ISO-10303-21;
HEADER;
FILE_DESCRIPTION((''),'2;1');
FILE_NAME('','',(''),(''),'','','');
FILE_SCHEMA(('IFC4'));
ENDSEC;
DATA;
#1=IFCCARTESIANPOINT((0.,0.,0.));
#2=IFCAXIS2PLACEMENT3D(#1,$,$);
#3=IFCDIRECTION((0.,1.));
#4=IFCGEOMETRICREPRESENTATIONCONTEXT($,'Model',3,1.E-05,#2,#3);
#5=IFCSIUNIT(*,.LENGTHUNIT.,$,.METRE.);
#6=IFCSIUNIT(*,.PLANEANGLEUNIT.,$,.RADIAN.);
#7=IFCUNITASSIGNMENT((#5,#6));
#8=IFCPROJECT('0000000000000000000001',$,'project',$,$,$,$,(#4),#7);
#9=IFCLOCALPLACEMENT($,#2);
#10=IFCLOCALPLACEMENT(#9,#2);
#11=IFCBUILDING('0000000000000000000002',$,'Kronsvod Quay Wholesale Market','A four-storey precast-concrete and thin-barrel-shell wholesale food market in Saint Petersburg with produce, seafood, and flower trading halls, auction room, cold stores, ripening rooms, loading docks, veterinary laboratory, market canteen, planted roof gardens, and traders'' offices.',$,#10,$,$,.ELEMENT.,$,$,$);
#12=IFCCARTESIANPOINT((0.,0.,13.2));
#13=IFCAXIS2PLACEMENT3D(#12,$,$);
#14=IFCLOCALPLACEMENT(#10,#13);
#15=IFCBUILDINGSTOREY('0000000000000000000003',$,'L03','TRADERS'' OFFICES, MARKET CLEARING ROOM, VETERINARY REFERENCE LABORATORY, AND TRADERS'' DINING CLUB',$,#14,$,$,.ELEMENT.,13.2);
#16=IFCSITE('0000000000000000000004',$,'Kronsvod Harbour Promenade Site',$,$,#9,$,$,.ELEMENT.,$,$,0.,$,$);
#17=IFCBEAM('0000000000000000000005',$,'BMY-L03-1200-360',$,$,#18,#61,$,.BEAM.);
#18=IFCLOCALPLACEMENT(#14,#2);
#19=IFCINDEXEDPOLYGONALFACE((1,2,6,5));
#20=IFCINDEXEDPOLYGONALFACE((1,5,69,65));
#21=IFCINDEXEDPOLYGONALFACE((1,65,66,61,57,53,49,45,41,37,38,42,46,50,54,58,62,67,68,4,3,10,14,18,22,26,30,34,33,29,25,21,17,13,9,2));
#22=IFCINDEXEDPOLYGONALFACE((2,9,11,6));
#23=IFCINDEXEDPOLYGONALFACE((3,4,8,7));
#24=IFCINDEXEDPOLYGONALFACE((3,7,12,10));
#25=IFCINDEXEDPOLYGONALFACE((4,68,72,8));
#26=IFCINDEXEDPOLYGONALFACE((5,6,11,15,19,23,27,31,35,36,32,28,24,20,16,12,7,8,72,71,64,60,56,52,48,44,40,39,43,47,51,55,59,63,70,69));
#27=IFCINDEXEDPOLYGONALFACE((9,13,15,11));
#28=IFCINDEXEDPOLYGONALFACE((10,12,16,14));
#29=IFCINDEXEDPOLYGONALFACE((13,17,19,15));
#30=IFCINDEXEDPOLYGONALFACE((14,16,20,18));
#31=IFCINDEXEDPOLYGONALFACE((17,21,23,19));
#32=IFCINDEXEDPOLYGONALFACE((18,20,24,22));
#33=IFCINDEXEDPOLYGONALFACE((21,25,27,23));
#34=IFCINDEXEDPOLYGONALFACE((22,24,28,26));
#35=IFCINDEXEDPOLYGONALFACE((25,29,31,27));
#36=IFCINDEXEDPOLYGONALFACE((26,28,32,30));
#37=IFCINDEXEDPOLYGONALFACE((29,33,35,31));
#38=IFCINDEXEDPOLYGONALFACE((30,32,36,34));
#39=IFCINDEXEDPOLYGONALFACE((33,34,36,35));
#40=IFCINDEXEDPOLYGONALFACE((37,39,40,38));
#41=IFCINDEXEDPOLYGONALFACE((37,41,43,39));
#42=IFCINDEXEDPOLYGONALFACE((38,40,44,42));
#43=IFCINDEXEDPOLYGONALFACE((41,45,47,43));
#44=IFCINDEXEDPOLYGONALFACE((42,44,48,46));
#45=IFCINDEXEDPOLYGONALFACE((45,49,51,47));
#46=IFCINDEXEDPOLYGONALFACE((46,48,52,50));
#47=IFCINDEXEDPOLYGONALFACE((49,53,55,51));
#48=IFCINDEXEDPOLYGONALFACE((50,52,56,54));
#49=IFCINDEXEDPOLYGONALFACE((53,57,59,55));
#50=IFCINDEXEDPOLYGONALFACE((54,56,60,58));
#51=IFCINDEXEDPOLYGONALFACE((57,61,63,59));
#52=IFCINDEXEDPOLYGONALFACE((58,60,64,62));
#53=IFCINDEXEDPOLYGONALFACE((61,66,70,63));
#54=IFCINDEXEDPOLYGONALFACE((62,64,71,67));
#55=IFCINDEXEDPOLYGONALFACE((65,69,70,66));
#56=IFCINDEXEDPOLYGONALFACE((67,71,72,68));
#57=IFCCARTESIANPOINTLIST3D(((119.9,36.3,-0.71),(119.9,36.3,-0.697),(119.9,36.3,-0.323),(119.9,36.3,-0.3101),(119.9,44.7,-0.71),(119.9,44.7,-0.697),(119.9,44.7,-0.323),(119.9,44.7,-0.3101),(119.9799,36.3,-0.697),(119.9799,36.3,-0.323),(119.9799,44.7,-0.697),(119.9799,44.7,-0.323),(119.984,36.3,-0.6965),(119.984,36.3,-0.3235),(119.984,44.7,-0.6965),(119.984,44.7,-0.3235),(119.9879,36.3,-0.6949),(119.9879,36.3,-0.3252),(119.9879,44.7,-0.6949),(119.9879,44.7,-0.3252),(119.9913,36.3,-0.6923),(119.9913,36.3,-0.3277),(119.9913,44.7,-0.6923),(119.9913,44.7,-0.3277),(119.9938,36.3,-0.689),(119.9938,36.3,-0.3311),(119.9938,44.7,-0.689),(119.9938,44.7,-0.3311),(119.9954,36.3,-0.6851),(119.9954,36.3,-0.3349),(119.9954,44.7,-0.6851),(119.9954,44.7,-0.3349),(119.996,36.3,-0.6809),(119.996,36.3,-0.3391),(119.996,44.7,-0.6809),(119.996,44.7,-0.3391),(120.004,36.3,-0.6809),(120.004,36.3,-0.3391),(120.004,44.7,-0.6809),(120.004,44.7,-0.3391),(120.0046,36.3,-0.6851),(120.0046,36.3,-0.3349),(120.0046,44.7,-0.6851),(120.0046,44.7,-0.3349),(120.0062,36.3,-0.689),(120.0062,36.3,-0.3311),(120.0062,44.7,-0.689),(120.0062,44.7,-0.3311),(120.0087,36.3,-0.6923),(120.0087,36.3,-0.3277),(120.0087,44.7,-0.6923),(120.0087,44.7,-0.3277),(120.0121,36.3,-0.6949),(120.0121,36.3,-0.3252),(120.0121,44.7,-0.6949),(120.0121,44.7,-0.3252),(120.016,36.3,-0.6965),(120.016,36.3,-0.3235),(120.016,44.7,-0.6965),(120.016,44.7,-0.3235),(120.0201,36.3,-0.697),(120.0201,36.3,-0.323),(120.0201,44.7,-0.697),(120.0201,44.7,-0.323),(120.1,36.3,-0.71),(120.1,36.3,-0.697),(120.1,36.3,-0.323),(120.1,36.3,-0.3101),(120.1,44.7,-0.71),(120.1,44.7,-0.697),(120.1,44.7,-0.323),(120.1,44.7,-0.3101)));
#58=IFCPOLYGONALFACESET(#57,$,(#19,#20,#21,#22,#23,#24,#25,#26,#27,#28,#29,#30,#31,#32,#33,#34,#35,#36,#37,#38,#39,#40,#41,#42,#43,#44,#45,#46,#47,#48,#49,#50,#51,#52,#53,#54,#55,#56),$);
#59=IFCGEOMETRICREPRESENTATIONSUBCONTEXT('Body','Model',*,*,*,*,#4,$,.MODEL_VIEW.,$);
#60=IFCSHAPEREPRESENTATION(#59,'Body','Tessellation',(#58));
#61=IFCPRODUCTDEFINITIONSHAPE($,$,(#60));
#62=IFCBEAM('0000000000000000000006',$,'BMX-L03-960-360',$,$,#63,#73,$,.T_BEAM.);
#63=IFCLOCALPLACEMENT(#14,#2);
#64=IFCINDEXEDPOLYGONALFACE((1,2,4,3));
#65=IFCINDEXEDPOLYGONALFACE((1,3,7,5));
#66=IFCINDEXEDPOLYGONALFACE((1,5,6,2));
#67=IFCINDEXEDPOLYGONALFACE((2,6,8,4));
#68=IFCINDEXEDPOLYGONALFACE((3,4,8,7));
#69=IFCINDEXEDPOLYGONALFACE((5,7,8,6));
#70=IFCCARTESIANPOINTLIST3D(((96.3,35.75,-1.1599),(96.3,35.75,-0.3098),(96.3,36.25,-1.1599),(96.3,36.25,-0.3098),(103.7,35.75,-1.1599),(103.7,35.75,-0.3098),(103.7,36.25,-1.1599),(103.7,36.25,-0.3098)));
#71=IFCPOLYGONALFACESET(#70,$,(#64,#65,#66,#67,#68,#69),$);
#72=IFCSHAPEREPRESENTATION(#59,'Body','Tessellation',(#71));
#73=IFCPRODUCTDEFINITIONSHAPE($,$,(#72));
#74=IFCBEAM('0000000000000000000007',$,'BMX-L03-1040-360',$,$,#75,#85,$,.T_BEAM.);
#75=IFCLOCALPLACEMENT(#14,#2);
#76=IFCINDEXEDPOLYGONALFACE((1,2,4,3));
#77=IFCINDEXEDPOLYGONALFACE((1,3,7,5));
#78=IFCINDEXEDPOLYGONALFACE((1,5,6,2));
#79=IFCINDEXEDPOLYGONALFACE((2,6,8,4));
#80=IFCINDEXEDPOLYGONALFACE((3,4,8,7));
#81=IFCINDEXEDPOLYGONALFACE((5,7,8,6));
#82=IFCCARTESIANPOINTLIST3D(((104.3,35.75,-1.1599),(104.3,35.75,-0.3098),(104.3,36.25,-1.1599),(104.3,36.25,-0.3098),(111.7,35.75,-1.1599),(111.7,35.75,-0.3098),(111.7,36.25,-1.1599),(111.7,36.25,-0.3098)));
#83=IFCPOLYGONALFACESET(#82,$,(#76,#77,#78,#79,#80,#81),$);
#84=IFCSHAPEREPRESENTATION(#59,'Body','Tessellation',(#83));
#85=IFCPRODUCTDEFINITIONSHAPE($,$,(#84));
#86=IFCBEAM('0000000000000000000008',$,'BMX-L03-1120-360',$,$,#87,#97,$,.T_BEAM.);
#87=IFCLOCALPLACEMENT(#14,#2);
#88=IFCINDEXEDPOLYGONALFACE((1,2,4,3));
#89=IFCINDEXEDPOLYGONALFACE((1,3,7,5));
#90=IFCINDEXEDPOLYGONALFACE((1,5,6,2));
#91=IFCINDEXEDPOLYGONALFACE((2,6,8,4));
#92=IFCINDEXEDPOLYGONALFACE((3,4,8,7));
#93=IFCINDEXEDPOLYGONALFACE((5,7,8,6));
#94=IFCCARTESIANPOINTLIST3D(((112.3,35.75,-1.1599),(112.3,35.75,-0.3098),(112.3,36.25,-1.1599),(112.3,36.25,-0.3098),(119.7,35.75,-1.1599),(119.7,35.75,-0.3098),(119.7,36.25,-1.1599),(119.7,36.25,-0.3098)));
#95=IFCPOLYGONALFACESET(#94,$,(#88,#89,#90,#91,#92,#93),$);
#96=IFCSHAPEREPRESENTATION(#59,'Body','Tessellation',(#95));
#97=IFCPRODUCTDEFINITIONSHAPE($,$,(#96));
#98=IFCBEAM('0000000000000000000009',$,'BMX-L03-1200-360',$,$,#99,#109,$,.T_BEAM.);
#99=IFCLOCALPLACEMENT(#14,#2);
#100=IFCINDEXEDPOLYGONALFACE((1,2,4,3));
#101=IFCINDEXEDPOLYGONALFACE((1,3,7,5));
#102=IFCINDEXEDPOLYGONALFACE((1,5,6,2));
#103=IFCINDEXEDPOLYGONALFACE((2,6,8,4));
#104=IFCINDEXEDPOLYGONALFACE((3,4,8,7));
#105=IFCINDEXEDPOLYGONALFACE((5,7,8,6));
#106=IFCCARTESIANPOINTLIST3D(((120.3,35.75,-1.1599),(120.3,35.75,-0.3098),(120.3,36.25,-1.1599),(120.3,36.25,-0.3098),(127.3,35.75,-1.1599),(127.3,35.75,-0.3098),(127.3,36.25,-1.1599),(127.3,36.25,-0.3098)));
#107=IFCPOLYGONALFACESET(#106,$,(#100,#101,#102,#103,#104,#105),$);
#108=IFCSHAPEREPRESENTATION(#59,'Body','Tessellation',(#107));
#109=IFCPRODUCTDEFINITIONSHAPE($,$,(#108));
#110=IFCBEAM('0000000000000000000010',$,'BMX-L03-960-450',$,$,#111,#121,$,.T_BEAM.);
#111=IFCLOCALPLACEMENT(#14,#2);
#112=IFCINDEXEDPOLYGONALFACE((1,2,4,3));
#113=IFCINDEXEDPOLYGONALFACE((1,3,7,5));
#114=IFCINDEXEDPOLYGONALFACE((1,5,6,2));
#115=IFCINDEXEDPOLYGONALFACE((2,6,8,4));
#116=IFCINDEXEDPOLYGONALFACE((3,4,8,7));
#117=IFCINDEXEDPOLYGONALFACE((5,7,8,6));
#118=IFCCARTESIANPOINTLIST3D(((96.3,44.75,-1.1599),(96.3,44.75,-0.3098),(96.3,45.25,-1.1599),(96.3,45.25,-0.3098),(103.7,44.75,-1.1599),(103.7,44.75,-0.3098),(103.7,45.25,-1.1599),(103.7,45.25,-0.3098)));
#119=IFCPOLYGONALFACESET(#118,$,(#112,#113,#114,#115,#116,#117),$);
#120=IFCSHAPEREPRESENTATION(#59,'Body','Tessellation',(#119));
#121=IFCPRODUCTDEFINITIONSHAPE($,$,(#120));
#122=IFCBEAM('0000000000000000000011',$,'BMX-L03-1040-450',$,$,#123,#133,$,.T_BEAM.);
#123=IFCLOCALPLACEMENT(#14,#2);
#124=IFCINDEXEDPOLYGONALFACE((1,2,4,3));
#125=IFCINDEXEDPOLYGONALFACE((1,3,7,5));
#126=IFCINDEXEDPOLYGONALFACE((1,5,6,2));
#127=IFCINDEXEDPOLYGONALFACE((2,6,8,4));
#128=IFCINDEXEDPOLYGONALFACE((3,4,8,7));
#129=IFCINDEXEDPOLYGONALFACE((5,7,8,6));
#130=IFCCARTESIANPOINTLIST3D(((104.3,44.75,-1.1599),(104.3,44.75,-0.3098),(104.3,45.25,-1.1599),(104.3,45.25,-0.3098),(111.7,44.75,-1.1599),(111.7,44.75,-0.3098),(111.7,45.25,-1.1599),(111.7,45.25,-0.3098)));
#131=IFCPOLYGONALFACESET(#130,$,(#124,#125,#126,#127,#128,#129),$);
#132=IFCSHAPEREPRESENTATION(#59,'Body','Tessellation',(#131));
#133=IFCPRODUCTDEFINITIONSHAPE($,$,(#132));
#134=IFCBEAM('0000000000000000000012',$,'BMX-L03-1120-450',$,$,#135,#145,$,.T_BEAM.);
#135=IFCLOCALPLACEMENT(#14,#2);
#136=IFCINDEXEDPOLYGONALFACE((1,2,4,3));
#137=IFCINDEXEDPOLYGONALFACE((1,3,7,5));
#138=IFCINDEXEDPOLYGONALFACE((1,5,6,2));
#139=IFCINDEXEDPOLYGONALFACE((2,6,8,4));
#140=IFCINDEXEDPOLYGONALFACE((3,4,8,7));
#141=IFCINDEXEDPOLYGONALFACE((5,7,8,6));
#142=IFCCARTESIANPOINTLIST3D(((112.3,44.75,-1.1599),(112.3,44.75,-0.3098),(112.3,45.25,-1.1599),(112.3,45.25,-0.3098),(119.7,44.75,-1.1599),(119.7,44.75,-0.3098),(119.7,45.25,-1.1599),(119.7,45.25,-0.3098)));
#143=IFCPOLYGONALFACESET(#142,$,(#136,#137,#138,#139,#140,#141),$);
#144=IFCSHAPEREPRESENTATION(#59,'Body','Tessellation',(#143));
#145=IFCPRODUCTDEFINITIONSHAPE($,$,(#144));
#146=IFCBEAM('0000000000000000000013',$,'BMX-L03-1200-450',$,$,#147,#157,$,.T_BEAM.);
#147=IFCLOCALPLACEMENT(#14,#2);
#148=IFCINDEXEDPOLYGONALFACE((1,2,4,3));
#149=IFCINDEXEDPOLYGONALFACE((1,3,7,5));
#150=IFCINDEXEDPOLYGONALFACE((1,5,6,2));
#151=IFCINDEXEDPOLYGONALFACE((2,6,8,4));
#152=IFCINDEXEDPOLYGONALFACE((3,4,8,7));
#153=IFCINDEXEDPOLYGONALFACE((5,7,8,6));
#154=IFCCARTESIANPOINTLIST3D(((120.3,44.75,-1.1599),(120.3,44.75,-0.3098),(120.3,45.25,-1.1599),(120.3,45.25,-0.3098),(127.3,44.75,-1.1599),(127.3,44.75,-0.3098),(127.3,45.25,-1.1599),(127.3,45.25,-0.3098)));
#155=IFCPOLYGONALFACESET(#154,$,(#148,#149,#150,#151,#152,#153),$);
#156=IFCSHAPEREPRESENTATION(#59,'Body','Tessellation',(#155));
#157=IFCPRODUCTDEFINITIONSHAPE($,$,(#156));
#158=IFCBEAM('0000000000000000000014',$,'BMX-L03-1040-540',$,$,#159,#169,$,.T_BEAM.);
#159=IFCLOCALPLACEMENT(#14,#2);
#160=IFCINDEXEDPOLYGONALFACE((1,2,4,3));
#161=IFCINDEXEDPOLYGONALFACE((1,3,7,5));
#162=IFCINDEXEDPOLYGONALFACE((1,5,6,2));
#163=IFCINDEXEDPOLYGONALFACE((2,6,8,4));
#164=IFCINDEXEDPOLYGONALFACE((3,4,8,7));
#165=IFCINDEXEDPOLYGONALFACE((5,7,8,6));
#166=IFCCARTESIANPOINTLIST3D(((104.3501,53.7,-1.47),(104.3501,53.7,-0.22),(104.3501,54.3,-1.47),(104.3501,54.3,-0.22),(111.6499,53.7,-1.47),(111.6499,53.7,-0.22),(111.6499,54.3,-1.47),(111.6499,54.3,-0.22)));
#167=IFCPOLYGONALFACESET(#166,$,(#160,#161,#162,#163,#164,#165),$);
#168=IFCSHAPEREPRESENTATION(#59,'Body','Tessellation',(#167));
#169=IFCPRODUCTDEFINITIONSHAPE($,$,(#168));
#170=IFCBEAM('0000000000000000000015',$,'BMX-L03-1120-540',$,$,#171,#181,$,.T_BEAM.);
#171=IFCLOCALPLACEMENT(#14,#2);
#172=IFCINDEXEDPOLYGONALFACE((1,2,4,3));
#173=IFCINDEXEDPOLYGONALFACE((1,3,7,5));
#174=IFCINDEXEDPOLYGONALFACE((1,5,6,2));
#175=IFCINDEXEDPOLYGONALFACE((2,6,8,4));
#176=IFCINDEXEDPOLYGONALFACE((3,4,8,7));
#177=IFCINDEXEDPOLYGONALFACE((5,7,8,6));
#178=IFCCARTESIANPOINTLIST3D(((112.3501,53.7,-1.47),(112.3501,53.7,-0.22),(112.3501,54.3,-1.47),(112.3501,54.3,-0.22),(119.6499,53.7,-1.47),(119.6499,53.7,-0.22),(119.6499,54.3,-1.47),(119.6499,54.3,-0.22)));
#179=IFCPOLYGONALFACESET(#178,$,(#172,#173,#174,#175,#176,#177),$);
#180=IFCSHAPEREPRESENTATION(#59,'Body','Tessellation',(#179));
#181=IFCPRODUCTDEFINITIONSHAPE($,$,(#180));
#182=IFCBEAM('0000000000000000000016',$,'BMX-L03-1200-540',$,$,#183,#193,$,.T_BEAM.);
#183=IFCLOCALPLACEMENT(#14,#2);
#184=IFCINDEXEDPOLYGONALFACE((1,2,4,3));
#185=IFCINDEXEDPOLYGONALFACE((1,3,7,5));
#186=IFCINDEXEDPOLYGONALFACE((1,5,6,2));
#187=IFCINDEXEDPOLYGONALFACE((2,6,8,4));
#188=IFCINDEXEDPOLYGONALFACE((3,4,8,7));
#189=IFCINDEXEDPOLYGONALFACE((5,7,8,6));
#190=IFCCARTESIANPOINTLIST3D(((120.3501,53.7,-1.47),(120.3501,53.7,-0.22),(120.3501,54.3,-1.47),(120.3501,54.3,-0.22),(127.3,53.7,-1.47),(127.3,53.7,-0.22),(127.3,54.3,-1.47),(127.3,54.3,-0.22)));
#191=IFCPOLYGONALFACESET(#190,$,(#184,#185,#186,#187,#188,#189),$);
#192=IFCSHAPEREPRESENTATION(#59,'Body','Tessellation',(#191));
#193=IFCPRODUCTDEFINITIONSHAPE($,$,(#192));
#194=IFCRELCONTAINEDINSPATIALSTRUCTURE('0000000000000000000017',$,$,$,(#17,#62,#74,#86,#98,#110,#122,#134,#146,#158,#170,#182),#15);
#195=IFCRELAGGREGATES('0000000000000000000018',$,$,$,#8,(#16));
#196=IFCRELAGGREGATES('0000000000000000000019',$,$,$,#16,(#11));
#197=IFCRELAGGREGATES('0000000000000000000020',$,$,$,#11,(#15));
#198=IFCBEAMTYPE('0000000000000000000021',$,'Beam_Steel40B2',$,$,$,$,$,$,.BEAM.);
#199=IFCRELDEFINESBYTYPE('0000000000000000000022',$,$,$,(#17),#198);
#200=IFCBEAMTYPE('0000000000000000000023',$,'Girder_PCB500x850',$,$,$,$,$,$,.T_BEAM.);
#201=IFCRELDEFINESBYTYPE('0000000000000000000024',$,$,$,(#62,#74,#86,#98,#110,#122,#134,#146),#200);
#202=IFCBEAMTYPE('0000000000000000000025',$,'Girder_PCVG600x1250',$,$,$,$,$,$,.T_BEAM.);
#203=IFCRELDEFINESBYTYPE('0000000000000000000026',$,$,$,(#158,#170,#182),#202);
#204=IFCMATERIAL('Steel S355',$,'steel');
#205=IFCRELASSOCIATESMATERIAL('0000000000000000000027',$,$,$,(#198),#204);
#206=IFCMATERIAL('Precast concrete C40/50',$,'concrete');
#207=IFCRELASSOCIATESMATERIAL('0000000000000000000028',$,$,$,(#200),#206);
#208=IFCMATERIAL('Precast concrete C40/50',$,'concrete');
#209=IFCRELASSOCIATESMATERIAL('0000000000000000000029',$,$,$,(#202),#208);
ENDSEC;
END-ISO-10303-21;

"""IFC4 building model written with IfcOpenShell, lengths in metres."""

from ifc_helpers import new_model, si_unit, direction, frame, origin, origin_2d, place, context, subcontext, project, spatial, rectangle, i_section, extrude, material, material_profile, profile_set, type_object, element, save


model = new_model("IFC4")

# Units and contexts
model_context = context("Model", 3, precision=1e-05, world=origin(), true_north=direction((0.0, 1.0)))
body_context = subcontext(model_context, "Body", "Model", "MODEL_VIEW")
ifc_project = project(units=[si_unit("LENGTHUNIT", "METRE"), si_unit("PLANEANGLEUNIT", "RADIAN")], contexts=[model_context])

# Site, building, storey
site_placement = place(None, origin())
site = spatial("IfcSite", under=ifc_project, at=site_placement, Name="Kronsvod Harbour Promenade Site", CompositionType="ELEMENT", RefElevation=0.0)
building_placement = place(site_placement, origin())
building = spatial("IfcBuilding", under=site, at=building_placement, Name="Kronsvod Quay Wholesale Market", Description="A four-storey precast-concrete and thin-barrel-shell wholesale food market in Saint Petersburg with produce, seafood, and flower trading halls, auction room, cold stores, ripening rooms, loading docks, veterinary laboratory, market canteen, planted roof gardens, and traders' offices.", CompositionType="ELEMENT")
storey_placement = place(building_placement, frame((0.0, 0.0, 13.2)))
storey = spatial("IfcBuildingStorey", under=building, at=storey_placement, Name="L03", Description="TRADERS' OFFICES, MARKET CLEARING ROOM, VETERINARY REFERENCE LABORATORY, AND TRADERS' DINING CLUB", CompositionType="ELEMENT", Elevation=13.2)

# Beams
ifc_material_1 = material(Name="Steel S355", Category="steel")
ifc_material_profile_1 = material_profile(ifc_material_1, i_section(OverallWidth=0.2, OverallDepth=0.3999, WebThickness=0.0081, FlangeThickness=0.0129, FilletRadius=0.0161, at=origin_2d()), Name="40B2")
ifc_profile_set_1 = profile_set([ifc_material_profile_1], Name="Steel S355")
beam_type_1 = type_object("IfcBeamType", Name="Beam_Steel40B2", PredefinedType="BEAM", material=ifc_profile_set_1)
for number, where, z_axis, x_axis, name in (
    (1, (120.0, 36.3, -0.51), (0.0, 1.0, 0.0), (-1.0, 0.0, 0.0), "BMY-L03-1200-360"),
):
    element("IfcBeam", number, at=place(storey_placement, frame(where, z_axis=z_axis, x_axis=x_axis)), inside=storey, type_object=beam_type_1, Name=name, PredefinedType="BEAM", context=body_context, shape_type="SweptSolid", body=[
        extrude(i_section(OverallWidth=0.2, OverallDepth=0.3999, WebThickness=0.0081, FlangeThickness=0.0129, FilletRadius=0.0161, at=origin_2d()), origin(), (0.0, 0.0, 1.0), 8.3999),
    ])
ifc_material_2 = material(Name="Precast concrete C40/50", Category="concrete")
ifc_material_profile_2 = material_profile(ifc_material_2, rectangle(XDim=0.5, YDim=0.8501, at=origin_2d()), Name="PCB500x850")
ifc_profile_set_2 = profile_set([ifc_material_profile_2], Name="Precast concrete C40/50")
beam_type_2 = type_object("IfcBeamType", Name="Girder_PCB500x850", PredefinedType="T_BEAM", material=ifc_profile_set_2)
for number, where, z_axis, x_axis, name in (
    (2, (96.3, 36.0, -0.7349), (1.0, 0.0, 0.0), (0.0, 1.0, 0.0), "BMX-L03-960-360"),
    (3, (104.3, 36.0, -0.7349), (1.0, 0.0, 0.0), (0.0, 1.0, 0.0), "BMX-L03-1040-360"),
    (4, (112.3, 36.0, -0.7349), (1.0, 0.0, 0.0), (0.0, 1.0, 0.0), "BMX-L03-1120-360"),
):
    element("IfcBeam", number, at=place(storey_placement, frame(where, z_axis=z_axis, x_axis=x_axis)), inside=storey, type_object=beam_type_2, Name=name, PredefinedType="T_BEAM", context=body_context, shape_type="SweptSolid", body=[
        extrude(rectangle(XDim=0.5, YDim=0.8501, at=origin_2d()), origin(), (0.0, 0.0, 1.0), 7.3999),
    ])
beam_1_placement = place(storey_placement, frame((120.3, 36.0, -0.7349), z_axis=(1.0, 0.0, 0.0), x_axis=(0.0, 1.0, 0.0)))
element("IfcBeam", 5, at=beam_1_placement, inside=storey, type_object=beam_type_2, Name="BMX-L03-1200-360", PredefinedType="T_BEAM", context=body_context, shape_type="SweptSolid", body=[
    extrude(rectangle(XDim=0.5, YDim=0.8501, at=origin_2d()), origin(), (0.0, 0.0, 1.0), 7.0),
])
for number, where, z_axis, x_axis, name in (
    (6, (96.3, 45.0, -0.7349), (1.0, 0.0, 0.0), (0.0, 1.0, 0.0), "BMX-L03-960-450"),
    (7, (104.3, 45.0, -0.7349), (1.0, 0.0, 0.0), (0.0, 1.0, 0.0), "BMX-L03-1040-450"),
    (8, (112.3, 45.0, -0.7349), (1.0, 0.0, 0.0), (0.0, 1.0, 0.0), "BMX-L03-1120-450"),
):
    element("IfcBeam", number, at=place(storey_placement, frame(where, z_axis=z_axis, x_axis=x_axis)), inside=storey, type_object=beam_type_2, Name=name, PredefinedType="T_BEAM", context=body_context, shape_type="SweptSolid", body=[
        extrude(rectangle(XDim=0.5, YDim=0.8501, at=origin_2d()), origin(), (0.0, 0.0, 1.0), 7.3999),
    ])
beam_2_placement = place(storey_placement, frame((120.3, 45.0, -0.7349), z_axis=(1.0, 0.0, 0.0), x_axis=(0.0, 1.0, 0.0)))
element("IfcBeam", 9, at=beam_2_placement, inside=storey, type_object=beam_type_2, Name="BMX-L03-1200-450", PredefinedType="T_BEAM", context=body_context, shape_type="SweptSolid", body=[
    extrude(rectangle(XDim=0.5, YDim=0.8501, at=origin_2d()), origin(), (0.0, 0.0, 1.0), 7.0),
])
ifc_material_3 = material(Name="Precast concrete C40/50", Category="concrete")
ifc_material_profile_3 = material_profile(ifc_material_3, rectangle(XDim=0.6001, YDim=1.25, at=origin_2d()), Name="PCVG600x1250")
ifc_profile_set_3 = profile_set([ifc_material_profile_3], Name="Precast concrete C40/50")
beam_type_3 = type_object("IfcBeamType", Name="Girder_PCVG600x1250", PredefinedType="T_BEAM", material=ifc_profile_set_3)
for number, where, z_axis, x_axis, name in (
    (10, (104.3501, 54.0, -0.845), (1.0, 0.0, 0.0), (0.0, 1.0, 0.0), "BMX-L03-1040-540"),
    (11, (112.3501, 54.0, -0.845), (1.0, 0.0, 0.0), (0.0, 1.0, 0.0), "BMX-L03-1120-540"),
):
    element("IfcBeam", number, at=place(storey_placement, frame(where, z_axis=z_axis, x_axis=x_axis)), inside=storey, type_object=beam_type_3, Name=name, PredefinedType="T_BEAM", context=body_context, shape_type="SweptSolid", body=[
        extrude(rectangle(XDim=0.6001, YDim=1.25, at=origin_2d()), origin(), (0.0, 0.0, 1.0), 7.2998),
    ])
beam_3_placement = place(storey_placement, frame((120.3501, 54.0, -0.845), z_axis=(1.0, 0.0, 0.0), x_axis=(0.0, 1.0, 0.0)))
element("IfcBeam", 12, at=beam_3_placement, inside=storey, type_object=beam_type_3, Name="BMX-L03-1200-540", PredefinedType="T_BEAM", context=body_context, shape_type="SweptSolid", body=[
    extrude(rectangle(XDim=0.6001, YDim=1.25, at=origin_2d()), origin(), (0.0, 0.0, 1.0), 6.95),
])

save(model, "model.ifc")
